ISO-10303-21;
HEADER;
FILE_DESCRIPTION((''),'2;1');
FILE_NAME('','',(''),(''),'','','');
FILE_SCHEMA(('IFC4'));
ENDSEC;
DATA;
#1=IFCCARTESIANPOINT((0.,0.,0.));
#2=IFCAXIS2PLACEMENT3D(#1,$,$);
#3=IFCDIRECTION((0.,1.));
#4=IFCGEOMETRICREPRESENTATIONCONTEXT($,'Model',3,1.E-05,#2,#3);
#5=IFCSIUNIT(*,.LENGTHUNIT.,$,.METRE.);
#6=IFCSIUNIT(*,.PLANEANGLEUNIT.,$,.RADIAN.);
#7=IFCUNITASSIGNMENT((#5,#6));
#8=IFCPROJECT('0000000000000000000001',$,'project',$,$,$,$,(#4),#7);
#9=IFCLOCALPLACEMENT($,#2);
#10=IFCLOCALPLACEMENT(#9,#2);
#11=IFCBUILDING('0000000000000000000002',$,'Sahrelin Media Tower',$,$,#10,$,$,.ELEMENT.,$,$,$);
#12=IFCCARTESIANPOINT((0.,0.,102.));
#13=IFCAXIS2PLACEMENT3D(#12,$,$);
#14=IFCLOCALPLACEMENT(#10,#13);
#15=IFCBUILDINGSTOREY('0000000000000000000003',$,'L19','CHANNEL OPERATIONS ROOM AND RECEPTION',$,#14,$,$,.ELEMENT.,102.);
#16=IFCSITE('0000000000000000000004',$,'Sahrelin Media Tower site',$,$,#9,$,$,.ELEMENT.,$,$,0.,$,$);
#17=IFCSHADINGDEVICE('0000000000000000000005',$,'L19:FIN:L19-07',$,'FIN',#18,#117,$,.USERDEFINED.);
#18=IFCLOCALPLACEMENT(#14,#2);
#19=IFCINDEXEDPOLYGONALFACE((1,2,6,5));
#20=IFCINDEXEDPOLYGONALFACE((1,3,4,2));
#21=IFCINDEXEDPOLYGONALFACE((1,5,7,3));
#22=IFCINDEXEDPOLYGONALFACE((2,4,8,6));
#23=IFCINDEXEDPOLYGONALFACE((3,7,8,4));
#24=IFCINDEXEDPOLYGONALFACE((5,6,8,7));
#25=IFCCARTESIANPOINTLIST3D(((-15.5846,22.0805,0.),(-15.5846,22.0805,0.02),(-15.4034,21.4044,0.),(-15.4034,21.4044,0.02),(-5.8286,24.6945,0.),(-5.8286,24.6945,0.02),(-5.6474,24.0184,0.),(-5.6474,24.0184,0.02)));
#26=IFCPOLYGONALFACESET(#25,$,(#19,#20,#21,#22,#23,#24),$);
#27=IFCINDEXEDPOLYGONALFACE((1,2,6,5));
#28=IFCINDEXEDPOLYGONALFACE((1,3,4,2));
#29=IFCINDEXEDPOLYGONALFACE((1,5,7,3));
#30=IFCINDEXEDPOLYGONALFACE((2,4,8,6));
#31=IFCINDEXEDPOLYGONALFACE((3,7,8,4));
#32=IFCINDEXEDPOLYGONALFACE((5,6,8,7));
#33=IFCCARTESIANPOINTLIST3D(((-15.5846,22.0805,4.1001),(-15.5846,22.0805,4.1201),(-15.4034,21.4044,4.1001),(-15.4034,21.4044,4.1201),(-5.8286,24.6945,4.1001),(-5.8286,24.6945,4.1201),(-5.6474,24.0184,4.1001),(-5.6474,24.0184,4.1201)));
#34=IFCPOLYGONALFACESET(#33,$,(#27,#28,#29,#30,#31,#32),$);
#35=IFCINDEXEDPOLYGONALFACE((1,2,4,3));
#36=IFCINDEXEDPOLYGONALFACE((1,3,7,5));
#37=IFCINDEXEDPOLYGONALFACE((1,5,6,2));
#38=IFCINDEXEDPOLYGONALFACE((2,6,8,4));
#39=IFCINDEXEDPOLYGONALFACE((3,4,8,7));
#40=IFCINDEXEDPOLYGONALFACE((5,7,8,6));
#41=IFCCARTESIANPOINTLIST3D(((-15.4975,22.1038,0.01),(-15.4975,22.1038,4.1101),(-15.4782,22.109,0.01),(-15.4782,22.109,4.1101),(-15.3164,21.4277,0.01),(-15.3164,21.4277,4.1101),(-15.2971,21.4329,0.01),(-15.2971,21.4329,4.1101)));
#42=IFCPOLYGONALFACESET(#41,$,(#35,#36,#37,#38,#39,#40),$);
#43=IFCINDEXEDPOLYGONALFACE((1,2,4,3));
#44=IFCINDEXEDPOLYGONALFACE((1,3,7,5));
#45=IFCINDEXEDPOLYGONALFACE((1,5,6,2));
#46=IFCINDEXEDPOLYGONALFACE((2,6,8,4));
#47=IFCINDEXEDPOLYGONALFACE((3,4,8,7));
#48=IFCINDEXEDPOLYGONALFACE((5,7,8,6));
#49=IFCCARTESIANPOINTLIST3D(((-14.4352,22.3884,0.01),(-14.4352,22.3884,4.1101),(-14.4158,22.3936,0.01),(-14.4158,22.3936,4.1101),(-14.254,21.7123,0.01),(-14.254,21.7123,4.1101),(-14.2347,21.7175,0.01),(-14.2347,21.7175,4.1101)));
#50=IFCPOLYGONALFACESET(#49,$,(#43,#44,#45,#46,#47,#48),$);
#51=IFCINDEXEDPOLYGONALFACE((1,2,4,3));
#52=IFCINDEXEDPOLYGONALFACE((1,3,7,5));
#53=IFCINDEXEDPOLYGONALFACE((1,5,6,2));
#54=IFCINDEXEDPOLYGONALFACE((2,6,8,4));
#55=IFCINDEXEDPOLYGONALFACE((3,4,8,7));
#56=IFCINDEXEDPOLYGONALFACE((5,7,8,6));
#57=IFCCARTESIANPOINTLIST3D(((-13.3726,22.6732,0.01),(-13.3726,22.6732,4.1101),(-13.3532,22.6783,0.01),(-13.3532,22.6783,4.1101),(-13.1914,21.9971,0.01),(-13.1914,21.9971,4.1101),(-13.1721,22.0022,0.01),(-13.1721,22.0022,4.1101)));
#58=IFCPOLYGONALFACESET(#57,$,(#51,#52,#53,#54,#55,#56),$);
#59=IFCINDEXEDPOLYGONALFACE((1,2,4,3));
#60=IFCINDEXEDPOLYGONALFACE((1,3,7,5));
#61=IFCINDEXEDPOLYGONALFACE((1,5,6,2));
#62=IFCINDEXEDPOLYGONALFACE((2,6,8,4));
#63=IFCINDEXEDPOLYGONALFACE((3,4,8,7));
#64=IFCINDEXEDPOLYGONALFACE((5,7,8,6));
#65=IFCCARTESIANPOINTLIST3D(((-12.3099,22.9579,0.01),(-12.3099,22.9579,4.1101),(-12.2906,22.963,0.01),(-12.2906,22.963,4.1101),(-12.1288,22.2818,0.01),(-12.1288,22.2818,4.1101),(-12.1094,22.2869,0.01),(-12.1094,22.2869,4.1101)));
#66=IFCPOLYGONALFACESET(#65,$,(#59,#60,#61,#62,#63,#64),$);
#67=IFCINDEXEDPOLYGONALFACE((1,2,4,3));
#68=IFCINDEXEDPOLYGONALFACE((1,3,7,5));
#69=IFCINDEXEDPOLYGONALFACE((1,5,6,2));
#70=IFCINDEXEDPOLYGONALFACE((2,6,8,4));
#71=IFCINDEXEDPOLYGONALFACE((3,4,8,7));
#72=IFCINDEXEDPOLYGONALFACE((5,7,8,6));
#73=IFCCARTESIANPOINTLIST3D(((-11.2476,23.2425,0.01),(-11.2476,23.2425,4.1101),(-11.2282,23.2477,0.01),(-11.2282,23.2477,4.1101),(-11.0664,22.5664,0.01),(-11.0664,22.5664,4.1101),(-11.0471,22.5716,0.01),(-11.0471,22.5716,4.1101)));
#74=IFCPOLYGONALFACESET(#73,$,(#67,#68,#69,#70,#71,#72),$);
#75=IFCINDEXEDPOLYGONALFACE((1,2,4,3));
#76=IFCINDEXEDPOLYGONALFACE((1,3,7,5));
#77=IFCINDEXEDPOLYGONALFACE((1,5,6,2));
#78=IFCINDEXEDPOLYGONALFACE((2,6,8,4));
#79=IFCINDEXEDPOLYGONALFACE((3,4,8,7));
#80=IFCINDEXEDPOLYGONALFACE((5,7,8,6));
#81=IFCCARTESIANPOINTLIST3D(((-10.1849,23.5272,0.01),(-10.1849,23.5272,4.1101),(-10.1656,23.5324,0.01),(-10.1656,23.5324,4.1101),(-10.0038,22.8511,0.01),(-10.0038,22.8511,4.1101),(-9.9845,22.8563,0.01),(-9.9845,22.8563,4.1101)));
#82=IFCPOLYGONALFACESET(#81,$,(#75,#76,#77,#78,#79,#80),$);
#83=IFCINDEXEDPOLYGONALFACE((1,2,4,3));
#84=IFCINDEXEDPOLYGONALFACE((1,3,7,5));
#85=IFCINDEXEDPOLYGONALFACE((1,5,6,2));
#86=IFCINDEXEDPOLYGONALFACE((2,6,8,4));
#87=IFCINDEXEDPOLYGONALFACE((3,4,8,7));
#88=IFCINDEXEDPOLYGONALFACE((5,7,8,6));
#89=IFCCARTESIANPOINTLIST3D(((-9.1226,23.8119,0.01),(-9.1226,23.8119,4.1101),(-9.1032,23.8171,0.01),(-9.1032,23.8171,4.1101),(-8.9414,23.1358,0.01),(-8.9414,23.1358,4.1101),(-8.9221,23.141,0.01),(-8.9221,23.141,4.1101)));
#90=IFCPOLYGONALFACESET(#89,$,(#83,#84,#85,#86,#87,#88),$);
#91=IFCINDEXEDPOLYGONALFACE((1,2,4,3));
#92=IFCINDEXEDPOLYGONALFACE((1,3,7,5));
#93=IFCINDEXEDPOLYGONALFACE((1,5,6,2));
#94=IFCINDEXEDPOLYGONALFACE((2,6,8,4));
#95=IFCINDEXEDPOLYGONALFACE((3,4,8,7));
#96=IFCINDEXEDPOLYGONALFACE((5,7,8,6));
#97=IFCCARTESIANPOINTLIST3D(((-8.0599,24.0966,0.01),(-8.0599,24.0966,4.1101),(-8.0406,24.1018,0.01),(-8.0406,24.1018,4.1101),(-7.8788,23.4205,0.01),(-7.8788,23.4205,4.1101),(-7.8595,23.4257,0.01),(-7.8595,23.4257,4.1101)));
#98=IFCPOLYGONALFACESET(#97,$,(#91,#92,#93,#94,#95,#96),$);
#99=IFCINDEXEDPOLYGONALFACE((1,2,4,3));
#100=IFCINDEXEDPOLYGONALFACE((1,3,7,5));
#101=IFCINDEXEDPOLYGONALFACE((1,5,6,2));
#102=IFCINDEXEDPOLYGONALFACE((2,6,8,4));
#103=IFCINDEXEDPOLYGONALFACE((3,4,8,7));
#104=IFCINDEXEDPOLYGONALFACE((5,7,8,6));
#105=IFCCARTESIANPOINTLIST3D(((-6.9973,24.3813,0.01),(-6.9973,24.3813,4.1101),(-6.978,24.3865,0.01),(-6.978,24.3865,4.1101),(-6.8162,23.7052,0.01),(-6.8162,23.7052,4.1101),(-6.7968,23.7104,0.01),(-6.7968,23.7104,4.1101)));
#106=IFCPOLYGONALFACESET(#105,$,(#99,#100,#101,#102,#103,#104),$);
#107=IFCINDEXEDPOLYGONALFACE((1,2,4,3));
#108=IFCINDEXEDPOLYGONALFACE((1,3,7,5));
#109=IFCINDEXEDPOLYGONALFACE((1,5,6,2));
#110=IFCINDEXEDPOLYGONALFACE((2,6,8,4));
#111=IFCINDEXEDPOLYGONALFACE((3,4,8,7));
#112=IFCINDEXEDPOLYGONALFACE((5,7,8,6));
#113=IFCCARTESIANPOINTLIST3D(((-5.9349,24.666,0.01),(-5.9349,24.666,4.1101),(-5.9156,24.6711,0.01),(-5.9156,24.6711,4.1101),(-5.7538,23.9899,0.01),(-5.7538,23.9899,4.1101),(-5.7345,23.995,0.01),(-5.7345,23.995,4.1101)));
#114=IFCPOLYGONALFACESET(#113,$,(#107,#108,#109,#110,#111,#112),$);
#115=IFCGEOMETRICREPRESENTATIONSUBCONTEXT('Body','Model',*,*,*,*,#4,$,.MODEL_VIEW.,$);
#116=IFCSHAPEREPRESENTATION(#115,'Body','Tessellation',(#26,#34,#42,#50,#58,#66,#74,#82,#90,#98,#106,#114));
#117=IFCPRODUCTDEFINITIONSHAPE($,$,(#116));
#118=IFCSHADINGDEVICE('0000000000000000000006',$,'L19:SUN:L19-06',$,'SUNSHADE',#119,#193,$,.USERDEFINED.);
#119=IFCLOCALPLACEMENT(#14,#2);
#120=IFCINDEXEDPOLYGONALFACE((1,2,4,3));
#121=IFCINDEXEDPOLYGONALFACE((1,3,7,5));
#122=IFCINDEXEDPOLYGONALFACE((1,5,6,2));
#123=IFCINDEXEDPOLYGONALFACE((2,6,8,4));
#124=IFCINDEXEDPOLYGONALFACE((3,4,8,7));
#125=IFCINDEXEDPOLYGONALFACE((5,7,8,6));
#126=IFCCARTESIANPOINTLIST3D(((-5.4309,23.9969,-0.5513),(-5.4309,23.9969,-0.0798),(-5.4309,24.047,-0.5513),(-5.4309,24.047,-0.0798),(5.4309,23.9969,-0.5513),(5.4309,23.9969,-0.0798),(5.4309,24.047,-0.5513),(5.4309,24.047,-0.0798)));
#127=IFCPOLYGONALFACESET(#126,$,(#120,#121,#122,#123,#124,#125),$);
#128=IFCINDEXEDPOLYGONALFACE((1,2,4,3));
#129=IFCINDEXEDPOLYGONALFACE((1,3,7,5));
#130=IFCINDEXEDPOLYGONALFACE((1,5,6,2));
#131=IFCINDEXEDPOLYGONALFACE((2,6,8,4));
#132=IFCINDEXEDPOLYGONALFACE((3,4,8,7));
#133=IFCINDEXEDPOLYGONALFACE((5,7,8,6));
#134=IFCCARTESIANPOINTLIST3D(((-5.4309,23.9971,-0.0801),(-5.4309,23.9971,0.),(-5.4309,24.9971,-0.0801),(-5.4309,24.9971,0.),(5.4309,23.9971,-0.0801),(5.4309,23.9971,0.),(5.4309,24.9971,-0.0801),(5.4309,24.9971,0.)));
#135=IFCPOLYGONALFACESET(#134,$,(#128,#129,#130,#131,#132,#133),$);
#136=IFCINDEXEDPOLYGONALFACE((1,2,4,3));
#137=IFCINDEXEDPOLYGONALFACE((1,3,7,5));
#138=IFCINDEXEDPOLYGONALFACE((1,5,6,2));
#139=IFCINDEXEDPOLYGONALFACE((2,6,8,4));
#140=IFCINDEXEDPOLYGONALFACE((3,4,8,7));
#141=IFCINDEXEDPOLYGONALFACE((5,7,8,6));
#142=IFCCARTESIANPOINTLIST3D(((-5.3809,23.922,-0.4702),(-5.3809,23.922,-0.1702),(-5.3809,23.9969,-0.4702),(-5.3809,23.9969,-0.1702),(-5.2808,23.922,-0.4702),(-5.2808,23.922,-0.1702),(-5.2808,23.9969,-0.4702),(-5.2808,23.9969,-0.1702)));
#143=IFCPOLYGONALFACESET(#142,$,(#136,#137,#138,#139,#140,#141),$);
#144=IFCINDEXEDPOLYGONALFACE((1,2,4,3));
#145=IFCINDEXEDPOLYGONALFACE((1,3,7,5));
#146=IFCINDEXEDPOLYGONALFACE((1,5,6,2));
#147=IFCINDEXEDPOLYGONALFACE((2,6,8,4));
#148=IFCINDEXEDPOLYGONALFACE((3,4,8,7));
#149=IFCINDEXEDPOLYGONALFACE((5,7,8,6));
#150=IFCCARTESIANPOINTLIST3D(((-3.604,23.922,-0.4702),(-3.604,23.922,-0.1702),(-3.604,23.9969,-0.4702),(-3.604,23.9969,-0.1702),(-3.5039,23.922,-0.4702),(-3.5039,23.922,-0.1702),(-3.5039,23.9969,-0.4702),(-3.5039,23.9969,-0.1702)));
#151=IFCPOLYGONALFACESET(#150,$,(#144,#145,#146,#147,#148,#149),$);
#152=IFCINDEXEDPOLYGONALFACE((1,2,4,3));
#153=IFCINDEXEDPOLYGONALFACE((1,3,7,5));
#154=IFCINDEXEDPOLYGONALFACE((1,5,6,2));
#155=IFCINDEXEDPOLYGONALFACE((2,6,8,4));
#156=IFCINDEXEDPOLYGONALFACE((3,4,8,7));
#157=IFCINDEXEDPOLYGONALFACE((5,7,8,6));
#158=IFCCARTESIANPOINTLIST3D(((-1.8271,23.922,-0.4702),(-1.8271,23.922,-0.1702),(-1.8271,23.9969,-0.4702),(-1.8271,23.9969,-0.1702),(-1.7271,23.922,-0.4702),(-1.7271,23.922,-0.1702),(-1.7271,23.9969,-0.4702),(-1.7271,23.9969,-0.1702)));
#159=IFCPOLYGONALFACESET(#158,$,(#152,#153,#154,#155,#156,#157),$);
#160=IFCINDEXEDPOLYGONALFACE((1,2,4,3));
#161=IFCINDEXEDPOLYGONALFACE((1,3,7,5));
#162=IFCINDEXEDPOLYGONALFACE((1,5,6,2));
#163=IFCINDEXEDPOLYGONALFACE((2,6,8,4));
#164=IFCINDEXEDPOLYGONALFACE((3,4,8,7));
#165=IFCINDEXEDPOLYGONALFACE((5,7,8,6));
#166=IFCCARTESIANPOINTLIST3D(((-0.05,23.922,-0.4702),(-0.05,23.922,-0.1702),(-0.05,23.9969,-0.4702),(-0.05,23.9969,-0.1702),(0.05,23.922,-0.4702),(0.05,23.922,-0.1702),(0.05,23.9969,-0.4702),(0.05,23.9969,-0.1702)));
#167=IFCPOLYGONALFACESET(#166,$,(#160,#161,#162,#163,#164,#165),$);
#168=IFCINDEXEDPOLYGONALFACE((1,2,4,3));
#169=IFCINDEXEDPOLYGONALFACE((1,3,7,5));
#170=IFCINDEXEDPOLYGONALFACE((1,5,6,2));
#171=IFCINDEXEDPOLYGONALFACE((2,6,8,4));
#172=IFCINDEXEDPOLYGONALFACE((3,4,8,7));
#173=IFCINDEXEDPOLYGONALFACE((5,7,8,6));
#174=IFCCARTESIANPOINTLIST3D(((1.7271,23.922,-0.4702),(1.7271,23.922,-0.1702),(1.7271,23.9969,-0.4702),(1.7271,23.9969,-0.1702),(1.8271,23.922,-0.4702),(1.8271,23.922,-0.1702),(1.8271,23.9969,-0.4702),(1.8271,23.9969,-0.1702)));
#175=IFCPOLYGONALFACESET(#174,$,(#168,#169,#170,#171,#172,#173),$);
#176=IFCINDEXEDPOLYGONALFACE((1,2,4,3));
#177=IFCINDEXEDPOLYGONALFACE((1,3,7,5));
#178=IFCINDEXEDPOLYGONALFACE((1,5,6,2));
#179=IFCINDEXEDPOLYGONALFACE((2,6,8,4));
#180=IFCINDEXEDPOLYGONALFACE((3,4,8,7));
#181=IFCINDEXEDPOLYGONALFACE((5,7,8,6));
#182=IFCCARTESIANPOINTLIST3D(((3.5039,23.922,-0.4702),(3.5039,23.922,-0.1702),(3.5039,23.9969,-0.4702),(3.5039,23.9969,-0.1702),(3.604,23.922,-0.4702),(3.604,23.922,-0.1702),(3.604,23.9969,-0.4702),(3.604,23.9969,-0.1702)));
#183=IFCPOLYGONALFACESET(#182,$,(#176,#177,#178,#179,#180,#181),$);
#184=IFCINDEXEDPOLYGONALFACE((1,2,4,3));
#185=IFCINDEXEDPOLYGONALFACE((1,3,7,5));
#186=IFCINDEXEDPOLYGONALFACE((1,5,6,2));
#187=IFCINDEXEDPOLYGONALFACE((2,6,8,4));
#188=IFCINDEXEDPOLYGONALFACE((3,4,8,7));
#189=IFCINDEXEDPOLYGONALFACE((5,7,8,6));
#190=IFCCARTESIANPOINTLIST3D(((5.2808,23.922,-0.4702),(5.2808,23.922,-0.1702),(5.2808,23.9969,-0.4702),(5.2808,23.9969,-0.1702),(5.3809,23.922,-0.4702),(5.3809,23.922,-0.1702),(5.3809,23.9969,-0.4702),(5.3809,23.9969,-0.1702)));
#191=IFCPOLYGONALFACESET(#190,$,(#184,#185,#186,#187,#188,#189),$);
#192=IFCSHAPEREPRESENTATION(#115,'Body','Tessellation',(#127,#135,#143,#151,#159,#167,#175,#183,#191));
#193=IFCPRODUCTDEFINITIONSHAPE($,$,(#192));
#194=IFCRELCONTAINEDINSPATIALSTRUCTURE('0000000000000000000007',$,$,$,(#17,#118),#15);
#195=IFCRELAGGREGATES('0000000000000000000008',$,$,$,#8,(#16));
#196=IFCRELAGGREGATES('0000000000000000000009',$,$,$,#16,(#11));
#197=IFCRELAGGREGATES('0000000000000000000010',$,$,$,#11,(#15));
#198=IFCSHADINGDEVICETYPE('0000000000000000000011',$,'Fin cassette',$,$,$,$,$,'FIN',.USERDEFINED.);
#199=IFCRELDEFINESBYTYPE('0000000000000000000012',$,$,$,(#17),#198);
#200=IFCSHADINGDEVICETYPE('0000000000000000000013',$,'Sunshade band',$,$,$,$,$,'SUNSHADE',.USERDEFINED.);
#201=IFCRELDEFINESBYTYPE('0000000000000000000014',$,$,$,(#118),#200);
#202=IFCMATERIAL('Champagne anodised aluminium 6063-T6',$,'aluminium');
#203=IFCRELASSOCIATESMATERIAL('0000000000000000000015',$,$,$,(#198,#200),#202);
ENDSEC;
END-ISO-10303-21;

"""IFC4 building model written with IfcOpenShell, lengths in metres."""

from ifc_helpers import new_model, si_unit, direction, frame, origin, origin_2d, place, context, subcontext, project, spatial, rectangle, extrude, material, type_object, element, save


model = new_model("IFC4")

# Units and contexts
model_context = context("Model", 3, precision=1e-05, world=origin(), true_north=direction((0.0, 1.0)))
body_context = subcontext(model_context, "Body", "Model", "MODEL_VIEW")
ifc_project = project(units=[si_unit("LENGTHUNIT", "METRE"), si_unit("PLANEANGLEUNIT", "RADIAN")], contexts=[model_context])

# Site, building, storey
site_placement = place(None, origin())
site = spatial("IfcSite", under=ifc_project, at=site_placement, Name="Sahrelin Media Tower site", CompositionType="ELEMENT", RefElevation=0.0)
building_placement = place(site_placement, origin())
building = spatial("IfcBuilding", under=site, at=building_placement, Name="Sahrelin Media Tower", CompositionType="ELEMENT")
storey_placement = place(building_placement, frame((0.0, 0.0, 102.0)))
storey = spatial("IfcBuildingStorey", under=building, at=storey_placement, Name="L19", Description="CHANNEL OPERATIONS ROOM AND RECEPTION", CompositionType="ELEMENT", Elevation=102.0)

# Shared definitions
ifc_material_1 = material(Name="Champagne anodised aluminium 6063-T6", Category="aluminium")
placement_1 = place(storey_placement, frame((0.0, 23.9771, 0.0), z_axis=(0.0, 0.0, 1.0), x_axis=(1.0, 0.0, 0.0)))

# Shading devices
shading_device_type_1 = type_object("IfcShadingDeviceType", Name="Fin cassette", ElementType="FIN", PredefinedType="USERDEFINED", material=ifc_material_1)
placement_2 = place(storey_placement, frame((-10.5073, 22.6438, 0.0), z_axis=(0.0, 0.0, 1.0), x_axis=(0.965929, 0.258808, 0.0)))
element("IfcShadingDevice", 1, at=placement_2, inside=storey, type_object=shading_device_type_1, Name="L19:FIN:L19-07", ObjectType="FIN", PredefinedType="USERDEFINED", context=body_context, shape_type="SweptSolid", body=[
    extrude(rectangle(XDim=10.1001, YDim=0.7, at=origin_2d()), frame((0.0, 0.4199, 0.0)), (0.0, 0.0, 1.0), 0.02),
    extrude(rectangle(XDim=10.1001, YDim=0.7, at=origin_2d()), frame((0.0, 0.4199, 4.1001)), (0.0, 0.0, 1.0), 0.02),
    extrude(rectangle(XDim=0.02, YDim=0.7, at=origin_2d()), frame((-4.95, 0.4199, 0.01), z_axis=(0.0, 0.0, 1.0), x_axis=(1.0, 0.0, 0.0)), (0.0, 0.0, 1.0), 4.1001),
    extrude(rectangle(XDim=0.02, YDim=0.7, at=origin_2d()), frame((-3.8501, 0.4199, 0.01), z_axis=(0.0, 0.0, 1.0), x_axis=(1.0, 0.0, 0.0)), (0.0, 0.0, 1.0), 4.1001),
    extrude(rectangle(XDim=0.02, YDim=0.7, at=origin_2d()), frame((-2.75, 0.4199, 0.01), z_axis=(0.0, 0.0, 1.0), x_axis=(1.0, 0.0, 0.0)), (0.0, 0.0, 1.0), 4.1001),
    extrude(rectangle(XDim=0.02, YDim=0.7, at=origin_2d()), frame((-1.6499, 0.4199, 0.01), z_axis=(0.0, 0.0, 1.0), x_axis=(1.0, 0.0, 0.0)), (0.0, 0.0, 1.0), 4.1001),
    extrude(rectangle(XDim=0.02, YDim=0.7, at=origin_2d()), frame((-0.55, 0.4199, 0.01), z_axis=(0.0, 0.0, 1.0), x_axis=(1.0, 0.0, 0.0)), (0.0, 0.0, 1.0), 4.1001),
    extrude(rectangle(XDim=0.02, YDim=0.7, at=origin_2d()), frame((0.55, 0.4199, 0.01), z_axis=(0.0, 0.0, 1.0), x_axis=(1.0, 0.0, 0.0)), (0.0, 0.0, 1.0), 4.1001),
    extrude(rectangle(XDim=0.02, YDim=0.7, at=origin_2d()), frame((1.6499, 0.4199, 0.01), z_axis=(0.0, 0.0, 1.0), x_axis=(1.0, 0.0, 0.0)), (0.0, 0.0, 1.0), 4.1001),
    extrude(rectangle(XDim=0.02, YDim=0.7, at=origin_2d()), frame((2.75, 0.4199, 0.01), z_axis=(0.0, 0.0, 1.0), x_axis=(1.0, 0.0, 0.0)), (0.0, 0.0, 1.0), 4.1001),
    extrude(rectangle(XDim=0.02, YDim=0.7, at=origin_2d()), frame((3.8501, 0.4199, 0.01), z_axis=(0.0, 0.0, 1.0), x_axis=(1.0, 0.0, 0.0)), (0.0, 0.0, 1.0), 4.1001),
    extrude(rectangle(XDim=0.02, YDim=0.7, at=origin_2d()), frame((4.95, 0.4199, 0.01), z_axis=(0.0, 0.0, 1.0), x_axis=(1.0, 0.0, 0.0)), (0.0, 0.0, 1.0), 4.1001),
])
shading_device_type_2 = type_object("IfcShadingDeviceType", Name="Sunshade band", ElementType="SUNSHADE", PredefinedType="USERDEFINED", material=ifc_material_1)
element("IfcShadingDevice", 2, at=placement_1, inside=storey, type_object=shading_device_type_2, Name="L19:SUN:L19-06", ObjectType="SUNSHADE", PredefinedType="USERDEFINED", context=body_context, shape_type="SweptSolid", body=[
    extrude(rectangle(XDim=10.8618, YDim=0.05, at=origin_2d()), frame((0.0, 0.0449, -0.5513)), (0.0, 0.0, 1.0), 0.4714),
    extrude(rectangle(XDim=10.8618, YDim=1.0, at=origin_2d()), frame((0.0, 0.52, -0.0801)), (0.0, 0.0, 1.0), 0.0801),
    extrude(rectangle(XDim=0.1001, YDim=0.075, at=origin_2d()), frame((-5.3308, -0.0176, -0.4702)), (0.0, 0.0, 1.0), 0.3),
    extrude(rectangle(XDim=0.1001, YDim=0.075, at=origin_2d()), frame((-3.554, -0.0176, -0.4702)), (0.0, 0.0, 1.0), 0.3),
    extrude(rectangle(XDim=0.1001, YDim=0.075, at=origin_2d()), frame((-1.7771, -0.0176, -0.4702)), (0.0, 0.0, 1.0), 0.3),
    extrude(rectangle(XDim=0.1001, YDim=0.075, at=origin_2d()), frame((0.0, -0.0176, -0.4702)), (0.0, 0.0, 1.0), 0.3),
    extrude(rectangle(XDim=0.1001, YDim=0.075, at=origin_2d()), frame((1.7771, -0.0176, -0.4702)), (0.0, 0.0, 1.0), 0.3),
    extrude(rectangle(XDim=0.1001, YDim=0.075, at=origin_2d()), frame((3.554, -0.0176, -0.4702)), (0.0, 0.0, 1.0), 0.3),
    extrude(rectangle(XDim=0.1001, YDim=0.075, at=origin_2d()), frame((5.3308, -0.0176, -0.4702)), (0.0, 0.0, 1.0), 0.3),
])

save(model, "model.ifc")
